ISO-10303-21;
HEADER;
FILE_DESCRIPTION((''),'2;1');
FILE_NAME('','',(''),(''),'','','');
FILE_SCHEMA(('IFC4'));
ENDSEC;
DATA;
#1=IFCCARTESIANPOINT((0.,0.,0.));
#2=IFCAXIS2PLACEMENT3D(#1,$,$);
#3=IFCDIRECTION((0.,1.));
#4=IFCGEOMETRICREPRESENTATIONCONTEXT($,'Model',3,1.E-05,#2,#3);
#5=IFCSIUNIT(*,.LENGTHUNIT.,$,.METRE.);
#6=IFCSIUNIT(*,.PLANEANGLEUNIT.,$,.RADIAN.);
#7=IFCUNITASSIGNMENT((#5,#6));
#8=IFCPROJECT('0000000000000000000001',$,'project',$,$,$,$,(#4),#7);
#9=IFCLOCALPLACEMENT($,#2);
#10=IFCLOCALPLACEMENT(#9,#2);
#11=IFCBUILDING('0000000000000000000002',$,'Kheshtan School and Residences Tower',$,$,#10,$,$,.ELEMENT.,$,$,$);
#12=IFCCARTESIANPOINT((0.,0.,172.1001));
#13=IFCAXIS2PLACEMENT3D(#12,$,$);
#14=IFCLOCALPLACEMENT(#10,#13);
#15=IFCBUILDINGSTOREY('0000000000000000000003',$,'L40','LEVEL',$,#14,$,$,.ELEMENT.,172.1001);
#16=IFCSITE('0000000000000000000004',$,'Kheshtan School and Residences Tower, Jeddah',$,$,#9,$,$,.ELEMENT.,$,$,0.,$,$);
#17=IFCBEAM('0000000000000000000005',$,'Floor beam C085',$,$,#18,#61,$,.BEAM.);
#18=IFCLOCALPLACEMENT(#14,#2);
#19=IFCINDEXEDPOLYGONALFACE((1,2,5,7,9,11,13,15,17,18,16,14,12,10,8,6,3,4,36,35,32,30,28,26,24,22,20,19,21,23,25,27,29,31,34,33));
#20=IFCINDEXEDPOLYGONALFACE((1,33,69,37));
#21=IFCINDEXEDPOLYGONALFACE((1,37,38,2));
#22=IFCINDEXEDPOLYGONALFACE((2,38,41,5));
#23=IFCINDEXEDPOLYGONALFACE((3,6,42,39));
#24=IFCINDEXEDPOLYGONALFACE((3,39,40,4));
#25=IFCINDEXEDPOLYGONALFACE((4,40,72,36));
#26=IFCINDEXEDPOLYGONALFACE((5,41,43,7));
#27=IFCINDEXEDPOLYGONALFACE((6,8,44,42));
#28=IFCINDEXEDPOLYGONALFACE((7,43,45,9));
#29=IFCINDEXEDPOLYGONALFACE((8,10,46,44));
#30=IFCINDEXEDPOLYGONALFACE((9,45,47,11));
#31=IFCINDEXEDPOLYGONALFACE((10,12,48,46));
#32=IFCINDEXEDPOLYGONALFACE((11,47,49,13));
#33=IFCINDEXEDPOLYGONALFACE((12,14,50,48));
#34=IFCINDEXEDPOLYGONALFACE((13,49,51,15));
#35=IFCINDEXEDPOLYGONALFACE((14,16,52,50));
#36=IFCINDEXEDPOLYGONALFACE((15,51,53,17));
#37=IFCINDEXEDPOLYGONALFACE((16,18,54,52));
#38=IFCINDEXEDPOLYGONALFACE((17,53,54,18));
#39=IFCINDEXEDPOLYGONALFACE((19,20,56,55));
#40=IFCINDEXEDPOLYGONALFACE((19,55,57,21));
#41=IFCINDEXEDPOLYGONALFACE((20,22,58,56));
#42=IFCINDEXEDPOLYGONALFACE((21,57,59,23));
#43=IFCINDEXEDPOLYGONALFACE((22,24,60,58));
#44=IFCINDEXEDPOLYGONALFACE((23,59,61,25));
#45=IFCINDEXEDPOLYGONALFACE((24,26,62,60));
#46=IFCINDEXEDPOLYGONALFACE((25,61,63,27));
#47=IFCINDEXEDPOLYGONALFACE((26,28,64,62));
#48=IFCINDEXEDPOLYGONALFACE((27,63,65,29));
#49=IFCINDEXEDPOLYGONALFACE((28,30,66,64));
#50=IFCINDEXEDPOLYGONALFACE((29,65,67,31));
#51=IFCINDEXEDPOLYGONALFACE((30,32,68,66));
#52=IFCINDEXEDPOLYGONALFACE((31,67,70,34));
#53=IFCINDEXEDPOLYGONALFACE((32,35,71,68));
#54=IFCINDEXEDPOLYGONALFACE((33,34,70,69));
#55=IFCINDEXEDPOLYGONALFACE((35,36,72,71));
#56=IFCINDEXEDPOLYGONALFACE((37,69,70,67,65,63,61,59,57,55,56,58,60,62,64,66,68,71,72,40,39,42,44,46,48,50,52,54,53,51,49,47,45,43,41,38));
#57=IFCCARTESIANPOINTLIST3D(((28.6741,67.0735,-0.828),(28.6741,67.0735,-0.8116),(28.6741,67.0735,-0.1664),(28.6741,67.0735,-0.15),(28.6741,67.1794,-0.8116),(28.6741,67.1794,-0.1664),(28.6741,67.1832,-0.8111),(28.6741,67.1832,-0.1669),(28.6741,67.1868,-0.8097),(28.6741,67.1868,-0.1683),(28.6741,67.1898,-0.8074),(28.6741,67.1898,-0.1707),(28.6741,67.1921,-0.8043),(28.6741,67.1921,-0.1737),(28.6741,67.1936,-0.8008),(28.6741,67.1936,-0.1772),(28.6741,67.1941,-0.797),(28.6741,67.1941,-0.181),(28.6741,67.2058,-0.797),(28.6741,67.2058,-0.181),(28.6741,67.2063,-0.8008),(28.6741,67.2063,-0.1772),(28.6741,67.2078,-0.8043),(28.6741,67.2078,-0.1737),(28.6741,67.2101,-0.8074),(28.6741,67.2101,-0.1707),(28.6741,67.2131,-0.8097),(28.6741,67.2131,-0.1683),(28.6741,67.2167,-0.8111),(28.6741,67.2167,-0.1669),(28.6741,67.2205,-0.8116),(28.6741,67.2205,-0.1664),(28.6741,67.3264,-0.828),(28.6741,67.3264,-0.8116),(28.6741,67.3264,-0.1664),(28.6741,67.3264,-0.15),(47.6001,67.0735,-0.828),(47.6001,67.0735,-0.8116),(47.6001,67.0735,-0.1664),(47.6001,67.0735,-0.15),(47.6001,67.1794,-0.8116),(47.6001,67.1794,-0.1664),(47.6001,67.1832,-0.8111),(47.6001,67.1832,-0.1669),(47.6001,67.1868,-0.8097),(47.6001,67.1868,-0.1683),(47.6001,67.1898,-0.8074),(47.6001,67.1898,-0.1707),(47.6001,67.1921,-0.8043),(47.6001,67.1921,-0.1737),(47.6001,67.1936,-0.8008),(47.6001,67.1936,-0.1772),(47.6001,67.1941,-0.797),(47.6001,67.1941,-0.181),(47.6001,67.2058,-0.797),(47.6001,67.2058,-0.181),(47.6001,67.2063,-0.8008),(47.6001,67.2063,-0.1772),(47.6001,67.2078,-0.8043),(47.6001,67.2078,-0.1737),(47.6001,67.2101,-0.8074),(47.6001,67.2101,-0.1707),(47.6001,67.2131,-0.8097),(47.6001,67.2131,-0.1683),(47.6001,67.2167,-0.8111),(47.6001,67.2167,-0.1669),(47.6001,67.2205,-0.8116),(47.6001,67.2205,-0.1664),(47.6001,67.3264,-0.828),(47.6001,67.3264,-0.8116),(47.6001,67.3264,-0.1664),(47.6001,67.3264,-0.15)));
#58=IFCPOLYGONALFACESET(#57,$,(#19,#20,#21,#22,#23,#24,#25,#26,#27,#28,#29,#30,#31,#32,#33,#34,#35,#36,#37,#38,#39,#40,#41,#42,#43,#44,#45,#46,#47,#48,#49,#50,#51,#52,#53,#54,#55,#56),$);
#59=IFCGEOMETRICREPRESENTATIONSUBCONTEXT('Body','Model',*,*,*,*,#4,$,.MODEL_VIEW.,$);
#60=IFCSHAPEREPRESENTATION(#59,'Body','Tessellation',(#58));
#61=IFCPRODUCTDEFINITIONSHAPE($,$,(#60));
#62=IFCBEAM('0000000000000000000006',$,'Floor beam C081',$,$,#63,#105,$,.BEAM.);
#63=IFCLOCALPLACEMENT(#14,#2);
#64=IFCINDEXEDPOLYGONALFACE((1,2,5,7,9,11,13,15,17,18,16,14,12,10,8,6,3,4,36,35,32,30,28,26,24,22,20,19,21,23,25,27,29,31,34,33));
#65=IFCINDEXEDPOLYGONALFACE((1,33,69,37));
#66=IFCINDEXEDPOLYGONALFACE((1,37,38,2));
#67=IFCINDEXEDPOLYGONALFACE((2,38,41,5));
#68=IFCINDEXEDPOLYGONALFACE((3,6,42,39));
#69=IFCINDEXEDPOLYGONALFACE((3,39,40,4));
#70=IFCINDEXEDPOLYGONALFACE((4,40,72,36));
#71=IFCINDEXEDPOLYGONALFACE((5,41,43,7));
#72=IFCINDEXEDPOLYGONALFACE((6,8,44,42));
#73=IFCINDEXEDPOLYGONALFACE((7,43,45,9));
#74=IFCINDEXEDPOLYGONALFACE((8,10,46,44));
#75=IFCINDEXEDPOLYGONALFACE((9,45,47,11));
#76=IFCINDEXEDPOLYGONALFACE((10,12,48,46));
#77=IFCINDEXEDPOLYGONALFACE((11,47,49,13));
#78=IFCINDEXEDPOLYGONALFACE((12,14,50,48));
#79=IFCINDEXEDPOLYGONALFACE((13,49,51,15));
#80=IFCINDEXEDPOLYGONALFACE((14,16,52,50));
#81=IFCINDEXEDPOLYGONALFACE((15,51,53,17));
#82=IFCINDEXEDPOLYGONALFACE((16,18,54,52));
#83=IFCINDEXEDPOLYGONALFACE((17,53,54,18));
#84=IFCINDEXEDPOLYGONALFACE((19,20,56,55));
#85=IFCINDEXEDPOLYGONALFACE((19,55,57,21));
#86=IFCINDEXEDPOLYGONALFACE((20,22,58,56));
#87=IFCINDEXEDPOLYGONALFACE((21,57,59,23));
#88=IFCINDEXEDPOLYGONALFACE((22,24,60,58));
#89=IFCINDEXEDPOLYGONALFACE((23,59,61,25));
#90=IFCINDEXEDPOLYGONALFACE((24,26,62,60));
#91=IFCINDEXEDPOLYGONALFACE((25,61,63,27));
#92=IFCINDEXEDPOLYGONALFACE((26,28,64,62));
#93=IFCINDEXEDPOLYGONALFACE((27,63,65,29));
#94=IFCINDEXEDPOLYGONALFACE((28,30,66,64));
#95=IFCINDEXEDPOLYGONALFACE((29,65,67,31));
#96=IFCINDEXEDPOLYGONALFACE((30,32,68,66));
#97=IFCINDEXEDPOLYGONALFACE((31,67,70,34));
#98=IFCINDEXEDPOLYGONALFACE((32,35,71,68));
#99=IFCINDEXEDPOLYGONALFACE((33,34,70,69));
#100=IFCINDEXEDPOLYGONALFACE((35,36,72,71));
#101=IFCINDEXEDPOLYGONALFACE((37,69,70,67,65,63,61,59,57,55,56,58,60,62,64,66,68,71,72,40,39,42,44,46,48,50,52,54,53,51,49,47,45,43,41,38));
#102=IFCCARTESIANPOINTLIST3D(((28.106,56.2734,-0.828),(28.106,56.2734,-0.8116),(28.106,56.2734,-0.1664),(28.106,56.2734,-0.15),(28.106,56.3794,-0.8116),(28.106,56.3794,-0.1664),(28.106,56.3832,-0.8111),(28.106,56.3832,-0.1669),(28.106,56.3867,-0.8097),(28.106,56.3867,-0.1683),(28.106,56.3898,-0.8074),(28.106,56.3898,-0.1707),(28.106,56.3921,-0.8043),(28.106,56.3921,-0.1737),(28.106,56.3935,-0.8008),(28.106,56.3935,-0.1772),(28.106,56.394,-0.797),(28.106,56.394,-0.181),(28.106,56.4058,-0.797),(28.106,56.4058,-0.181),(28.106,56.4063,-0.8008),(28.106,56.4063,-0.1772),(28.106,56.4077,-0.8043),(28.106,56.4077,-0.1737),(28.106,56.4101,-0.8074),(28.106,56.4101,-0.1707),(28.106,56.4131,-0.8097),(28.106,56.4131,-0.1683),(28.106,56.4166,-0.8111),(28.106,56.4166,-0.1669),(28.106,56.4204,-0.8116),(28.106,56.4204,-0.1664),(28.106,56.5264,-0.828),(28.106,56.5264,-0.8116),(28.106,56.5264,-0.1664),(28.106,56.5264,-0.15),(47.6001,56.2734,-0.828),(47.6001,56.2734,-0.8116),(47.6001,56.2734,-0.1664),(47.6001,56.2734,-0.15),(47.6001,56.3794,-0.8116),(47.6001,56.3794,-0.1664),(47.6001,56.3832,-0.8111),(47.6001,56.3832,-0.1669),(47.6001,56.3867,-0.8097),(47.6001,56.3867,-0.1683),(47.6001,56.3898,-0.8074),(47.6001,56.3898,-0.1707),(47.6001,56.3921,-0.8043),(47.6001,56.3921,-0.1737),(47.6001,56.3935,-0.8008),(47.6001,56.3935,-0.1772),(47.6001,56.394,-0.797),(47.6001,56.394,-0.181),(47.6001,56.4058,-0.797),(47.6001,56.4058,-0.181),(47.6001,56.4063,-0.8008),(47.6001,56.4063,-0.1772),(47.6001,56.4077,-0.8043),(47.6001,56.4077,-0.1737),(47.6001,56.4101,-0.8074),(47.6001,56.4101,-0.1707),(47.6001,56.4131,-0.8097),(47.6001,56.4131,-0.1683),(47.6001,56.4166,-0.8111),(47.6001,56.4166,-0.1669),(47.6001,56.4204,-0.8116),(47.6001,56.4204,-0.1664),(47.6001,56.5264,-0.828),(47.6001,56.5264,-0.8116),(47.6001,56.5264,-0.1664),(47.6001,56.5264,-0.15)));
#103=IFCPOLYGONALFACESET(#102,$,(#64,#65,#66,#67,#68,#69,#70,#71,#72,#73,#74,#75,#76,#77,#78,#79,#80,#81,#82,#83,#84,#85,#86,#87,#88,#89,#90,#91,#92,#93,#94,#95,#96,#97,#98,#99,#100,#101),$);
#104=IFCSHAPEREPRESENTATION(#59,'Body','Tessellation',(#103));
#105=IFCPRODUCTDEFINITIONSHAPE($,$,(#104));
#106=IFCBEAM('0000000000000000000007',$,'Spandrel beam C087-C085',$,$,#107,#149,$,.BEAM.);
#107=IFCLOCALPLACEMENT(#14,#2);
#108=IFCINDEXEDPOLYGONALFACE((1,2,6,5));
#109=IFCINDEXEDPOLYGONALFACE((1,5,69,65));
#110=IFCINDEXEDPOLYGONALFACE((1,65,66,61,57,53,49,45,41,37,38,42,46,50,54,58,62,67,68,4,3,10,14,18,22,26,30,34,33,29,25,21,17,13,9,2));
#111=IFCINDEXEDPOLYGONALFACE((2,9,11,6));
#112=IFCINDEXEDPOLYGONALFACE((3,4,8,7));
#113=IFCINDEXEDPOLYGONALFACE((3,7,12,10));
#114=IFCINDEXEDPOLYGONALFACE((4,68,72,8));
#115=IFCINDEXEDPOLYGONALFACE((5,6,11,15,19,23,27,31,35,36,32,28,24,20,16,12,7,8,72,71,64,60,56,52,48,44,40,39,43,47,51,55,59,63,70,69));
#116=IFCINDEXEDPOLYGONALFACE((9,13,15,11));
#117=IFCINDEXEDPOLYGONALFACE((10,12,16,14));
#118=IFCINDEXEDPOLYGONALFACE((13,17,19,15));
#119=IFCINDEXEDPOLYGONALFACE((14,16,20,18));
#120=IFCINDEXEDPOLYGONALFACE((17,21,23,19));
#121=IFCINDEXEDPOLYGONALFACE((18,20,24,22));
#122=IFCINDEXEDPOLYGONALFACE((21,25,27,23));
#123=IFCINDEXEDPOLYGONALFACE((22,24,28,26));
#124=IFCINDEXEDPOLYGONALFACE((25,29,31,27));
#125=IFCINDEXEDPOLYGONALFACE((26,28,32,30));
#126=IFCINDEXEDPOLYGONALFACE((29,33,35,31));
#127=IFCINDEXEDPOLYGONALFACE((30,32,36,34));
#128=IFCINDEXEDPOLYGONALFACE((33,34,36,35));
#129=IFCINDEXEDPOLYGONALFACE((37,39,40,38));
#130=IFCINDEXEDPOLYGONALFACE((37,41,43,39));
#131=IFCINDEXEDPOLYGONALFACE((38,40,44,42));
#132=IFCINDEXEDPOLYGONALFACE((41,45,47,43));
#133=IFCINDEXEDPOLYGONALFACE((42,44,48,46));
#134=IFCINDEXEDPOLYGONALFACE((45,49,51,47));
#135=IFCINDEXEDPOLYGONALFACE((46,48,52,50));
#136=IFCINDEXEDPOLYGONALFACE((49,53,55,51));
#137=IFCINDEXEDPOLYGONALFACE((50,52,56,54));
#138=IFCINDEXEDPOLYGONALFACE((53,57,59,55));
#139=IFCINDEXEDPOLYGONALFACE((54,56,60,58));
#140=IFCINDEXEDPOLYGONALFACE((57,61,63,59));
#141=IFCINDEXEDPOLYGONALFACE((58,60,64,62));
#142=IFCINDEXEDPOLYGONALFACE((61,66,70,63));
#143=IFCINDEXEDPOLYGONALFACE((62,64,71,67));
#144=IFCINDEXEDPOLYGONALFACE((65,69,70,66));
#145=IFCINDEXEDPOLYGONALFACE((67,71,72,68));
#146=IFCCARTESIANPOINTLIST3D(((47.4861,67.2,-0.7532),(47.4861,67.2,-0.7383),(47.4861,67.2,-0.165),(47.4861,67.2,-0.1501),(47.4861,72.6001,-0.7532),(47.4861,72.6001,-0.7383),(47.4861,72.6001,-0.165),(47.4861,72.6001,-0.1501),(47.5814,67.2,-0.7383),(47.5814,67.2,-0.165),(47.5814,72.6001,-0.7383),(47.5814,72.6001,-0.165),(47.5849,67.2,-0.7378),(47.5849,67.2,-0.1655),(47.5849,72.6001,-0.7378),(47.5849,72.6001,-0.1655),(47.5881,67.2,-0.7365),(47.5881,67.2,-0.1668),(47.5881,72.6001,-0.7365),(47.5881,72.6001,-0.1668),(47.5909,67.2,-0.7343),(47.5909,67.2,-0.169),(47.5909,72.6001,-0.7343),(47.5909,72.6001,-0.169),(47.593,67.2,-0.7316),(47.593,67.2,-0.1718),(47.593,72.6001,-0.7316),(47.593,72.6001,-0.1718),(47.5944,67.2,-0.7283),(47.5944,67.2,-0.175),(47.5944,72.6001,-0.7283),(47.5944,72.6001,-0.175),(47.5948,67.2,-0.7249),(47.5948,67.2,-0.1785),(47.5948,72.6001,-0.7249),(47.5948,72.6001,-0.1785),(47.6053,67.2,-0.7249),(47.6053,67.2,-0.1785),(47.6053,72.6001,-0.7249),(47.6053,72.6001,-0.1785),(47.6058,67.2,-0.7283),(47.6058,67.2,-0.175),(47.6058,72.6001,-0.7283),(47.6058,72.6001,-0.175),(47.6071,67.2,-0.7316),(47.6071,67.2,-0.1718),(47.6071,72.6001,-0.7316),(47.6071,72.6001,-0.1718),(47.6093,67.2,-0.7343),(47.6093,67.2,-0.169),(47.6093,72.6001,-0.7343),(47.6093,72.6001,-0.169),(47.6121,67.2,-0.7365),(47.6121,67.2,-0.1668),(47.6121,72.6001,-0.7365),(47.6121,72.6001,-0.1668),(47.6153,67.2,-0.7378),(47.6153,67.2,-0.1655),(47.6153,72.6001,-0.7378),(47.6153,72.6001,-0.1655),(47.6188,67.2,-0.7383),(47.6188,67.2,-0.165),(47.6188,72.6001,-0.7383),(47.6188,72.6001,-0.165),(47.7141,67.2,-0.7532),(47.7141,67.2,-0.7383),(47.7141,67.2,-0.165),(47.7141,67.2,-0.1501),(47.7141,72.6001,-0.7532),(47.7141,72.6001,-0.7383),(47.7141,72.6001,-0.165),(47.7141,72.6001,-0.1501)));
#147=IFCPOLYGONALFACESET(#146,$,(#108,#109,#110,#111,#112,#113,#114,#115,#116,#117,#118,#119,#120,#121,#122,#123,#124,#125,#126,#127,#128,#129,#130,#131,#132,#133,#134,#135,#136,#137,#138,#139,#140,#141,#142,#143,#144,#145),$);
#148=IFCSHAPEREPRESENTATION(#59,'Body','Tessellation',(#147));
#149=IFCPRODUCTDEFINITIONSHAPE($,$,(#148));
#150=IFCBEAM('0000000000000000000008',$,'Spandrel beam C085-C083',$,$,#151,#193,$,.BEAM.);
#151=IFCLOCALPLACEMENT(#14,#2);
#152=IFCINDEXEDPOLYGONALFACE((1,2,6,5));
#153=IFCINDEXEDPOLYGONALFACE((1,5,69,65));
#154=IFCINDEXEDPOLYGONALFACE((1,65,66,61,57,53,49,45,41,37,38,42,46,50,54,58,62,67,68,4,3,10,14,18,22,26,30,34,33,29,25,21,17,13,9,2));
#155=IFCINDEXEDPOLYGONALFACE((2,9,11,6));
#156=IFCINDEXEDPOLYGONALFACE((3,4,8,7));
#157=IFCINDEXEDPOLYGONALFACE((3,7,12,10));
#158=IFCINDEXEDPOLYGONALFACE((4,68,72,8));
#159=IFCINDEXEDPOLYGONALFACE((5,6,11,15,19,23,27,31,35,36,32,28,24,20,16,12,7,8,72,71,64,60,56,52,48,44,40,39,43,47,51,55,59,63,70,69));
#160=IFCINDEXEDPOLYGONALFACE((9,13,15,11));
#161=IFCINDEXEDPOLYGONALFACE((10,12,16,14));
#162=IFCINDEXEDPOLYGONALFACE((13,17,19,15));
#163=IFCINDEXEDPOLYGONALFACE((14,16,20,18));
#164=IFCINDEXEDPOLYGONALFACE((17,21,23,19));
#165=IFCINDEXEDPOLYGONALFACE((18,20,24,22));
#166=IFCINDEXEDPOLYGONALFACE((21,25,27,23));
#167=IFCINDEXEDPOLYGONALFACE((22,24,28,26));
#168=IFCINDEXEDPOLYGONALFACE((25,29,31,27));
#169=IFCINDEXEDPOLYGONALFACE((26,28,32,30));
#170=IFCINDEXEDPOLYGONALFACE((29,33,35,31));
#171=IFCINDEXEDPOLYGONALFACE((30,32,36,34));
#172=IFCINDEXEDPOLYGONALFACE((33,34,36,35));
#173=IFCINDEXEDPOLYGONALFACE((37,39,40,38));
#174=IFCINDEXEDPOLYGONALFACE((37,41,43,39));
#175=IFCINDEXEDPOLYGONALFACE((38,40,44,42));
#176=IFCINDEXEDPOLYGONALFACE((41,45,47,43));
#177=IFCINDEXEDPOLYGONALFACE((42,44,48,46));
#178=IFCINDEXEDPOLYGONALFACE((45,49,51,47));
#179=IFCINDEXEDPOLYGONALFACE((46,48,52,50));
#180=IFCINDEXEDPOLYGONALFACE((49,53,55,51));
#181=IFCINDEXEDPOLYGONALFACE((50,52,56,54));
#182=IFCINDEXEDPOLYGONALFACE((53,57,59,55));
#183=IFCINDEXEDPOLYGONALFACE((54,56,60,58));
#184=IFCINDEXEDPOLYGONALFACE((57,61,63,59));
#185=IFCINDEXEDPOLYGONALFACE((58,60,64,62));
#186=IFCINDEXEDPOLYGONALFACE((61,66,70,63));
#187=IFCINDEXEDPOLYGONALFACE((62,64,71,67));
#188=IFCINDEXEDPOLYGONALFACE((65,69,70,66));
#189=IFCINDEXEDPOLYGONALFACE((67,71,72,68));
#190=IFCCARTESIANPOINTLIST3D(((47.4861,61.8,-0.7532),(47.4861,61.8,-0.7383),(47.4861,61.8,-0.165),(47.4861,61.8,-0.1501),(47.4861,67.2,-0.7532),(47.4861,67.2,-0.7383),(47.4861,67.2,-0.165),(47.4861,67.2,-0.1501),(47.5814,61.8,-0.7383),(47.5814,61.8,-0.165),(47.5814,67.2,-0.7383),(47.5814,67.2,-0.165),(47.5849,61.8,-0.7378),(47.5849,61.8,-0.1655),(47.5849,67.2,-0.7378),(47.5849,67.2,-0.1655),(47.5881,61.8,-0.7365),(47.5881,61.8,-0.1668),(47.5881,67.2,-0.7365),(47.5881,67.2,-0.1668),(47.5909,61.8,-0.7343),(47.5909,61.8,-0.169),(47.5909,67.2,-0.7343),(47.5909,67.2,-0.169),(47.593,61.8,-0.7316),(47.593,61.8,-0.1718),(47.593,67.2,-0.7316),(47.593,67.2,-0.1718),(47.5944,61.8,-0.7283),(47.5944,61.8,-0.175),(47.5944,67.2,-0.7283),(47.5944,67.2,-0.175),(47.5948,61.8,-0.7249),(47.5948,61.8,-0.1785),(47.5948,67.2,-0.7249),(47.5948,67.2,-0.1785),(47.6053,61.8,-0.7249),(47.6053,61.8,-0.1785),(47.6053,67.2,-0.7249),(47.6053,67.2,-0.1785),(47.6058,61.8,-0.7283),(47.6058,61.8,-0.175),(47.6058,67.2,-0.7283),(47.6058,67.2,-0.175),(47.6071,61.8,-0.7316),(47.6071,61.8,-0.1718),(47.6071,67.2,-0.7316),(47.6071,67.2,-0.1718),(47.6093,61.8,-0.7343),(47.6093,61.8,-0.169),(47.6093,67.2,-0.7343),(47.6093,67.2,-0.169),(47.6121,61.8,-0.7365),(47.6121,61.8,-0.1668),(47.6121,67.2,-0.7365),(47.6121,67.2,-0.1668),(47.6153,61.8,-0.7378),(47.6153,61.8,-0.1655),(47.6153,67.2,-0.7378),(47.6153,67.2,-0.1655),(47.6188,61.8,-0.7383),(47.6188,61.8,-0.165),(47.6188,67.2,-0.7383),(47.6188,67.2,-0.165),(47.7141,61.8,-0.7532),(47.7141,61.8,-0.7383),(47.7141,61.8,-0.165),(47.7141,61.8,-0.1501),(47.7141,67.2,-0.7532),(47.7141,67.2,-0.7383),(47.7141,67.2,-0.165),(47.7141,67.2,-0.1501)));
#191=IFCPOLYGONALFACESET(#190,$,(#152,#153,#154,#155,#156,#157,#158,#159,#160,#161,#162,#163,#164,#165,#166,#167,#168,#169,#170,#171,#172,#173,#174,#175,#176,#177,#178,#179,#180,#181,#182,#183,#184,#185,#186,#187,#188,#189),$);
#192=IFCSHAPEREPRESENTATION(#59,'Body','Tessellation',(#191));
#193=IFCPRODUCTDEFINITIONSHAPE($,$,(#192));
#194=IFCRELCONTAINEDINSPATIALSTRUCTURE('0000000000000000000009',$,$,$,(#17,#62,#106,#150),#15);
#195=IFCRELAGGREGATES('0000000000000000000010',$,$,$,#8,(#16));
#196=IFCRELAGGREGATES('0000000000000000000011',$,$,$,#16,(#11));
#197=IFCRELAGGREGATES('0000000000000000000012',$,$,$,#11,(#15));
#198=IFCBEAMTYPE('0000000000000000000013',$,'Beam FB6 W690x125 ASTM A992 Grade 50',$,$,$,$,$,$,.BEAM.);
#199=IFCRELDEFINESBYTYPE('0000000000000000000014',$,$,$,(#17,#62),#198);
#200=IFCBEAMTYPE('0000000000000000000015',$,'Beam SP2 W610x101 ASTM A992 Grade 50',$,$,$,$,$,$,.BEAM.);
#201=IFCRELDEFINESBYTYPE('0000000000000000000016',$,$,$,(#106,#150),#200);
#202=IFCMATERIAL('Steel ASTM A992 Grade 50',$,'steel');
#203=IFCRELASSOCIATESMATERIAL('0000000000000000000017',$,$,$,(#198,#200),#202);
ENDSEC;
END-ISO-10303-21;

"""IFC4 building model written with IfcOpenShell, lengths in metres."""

from ifc_helpers import new_model, si_unit, direction, frame, origin, origin_2d, place, context, subcontext, project, spatial, i_section, extrude, material, material_profile, profile_set, type_object, element, save


model = new_model("IFC4")

# Units and contexts
model_context = context("Model", 3, precision=1e-05, world=origin(), true_north=direction((0.0, 1.0)))
body_context = subcontext(model_context, "Body", "Model", "MODEL_VIEW")
ifc_project = project(units=[si_unit("LENGTHUNIT", "METRE"), si_unit("PLANEANGLEUNIT", "RADIAN")], contexts=[model_context])

# Site, building, storey
site_placement = place(None, origin())
site = spatial("IfcSite", under=ifc_project, at=site_placement, Name="Kheshtan School and Residences Tower, Jeddah", CompositionType="ELEMENT", RefElevation=0.0)
building_placement = place(site_placement, origin())
building = spatial("IfcBuilding", under=site, at=building_placement, Name="Kheshtan School and Residences Tower", CompositionType="ELEMENT")
storey_placement = place(building_placement, frame((0.0, 0.0, 172.1001)))
storey = spatial("IfcBuildingStorey", under=building, at=storey_placement, Name="L40", Description="LEVEL", CompositionType="ELEMENT", Elevation=172.1001)

# Shared definitions
ifc_material_1 = material(Name="Steel ASTM A992 Grade 50", Category="steel")

# Beams
ifc_material_profile_1 = material_profile(ifc_material_1, i_section(OverallWidth=0.2529, OverallDepth=0.678, WebThickness=0.0117, FlangeThickness=0.0164, FilletRadius=0.0146, at=origin_2d()), Name="W690x125")
ifc_profile_set_1 = profile_set([ifc_material_profile_1], Name="Steel ASTM A992 Grade 50")
beam_type_1 = type_object("IfcBeamType", Name="Beam FB6 W690x125 ASTM A992 Grade 50", PredefinedType="BEAM", material=ifc_profile_set_1)
beam_1_placement = place(storey_placement, frame((47.6001, 67.2, -0.489), z_axis=(-1.0, 0.0, 0.0), x_axis=(0.0, -1.0, 0.0)))
element("IfcBeam", 1, at=beam_1_placement, inside=storey, type_object=beam_type_1, Name="Floor beam C085", PredefinedType="BEAM", context=body_context, shape_type="SweptSolid", body=[
    extrude(i_section(OverallWidth=0.2529, OverallDepth=0.678, WebThickness=0.0117, FlangeThickness=0.0164, FilletRadius=0.0146, at=origin_2d()), origin(), (0.0, 0.0, 1.0), 18.926),
])
beam_2_placement = place(storey_placement, frame((47.6001, 56.3999, -0.489), z_axis=(-1.0, 0.0, 0.0), x_axis=(0.0, -1.0, 0.0)))
element("IfcBeam", 2, at=beam_2_placement, inside=storey, type_object=beam_type_1, Name="Floor beam C081", PredefinedType="BEAM", context=body_context, shape_type="SweptSolid", body=[
    extrude(i_section(OverallWidth=0.2529, OverallDepth=0.678, WebThickness=0.0117, FlangeThickness=0.0164, FilletRadius=0.0146, at=origin_2d()), origin(), (0.0, 0.0, 1.0), 19.4941),
])
ifc_material_profile_2 = material_profile(ifc_material_1, i_section(OverallWidth=0.228, OverallDepth=0.603, WebThickness=0.0105, FlangeThickness=0.0149, FilletRadius=0.0134, at=origin_2d()), Name="W610x101")
ifc_profile_set_2 = profile_set([ifc_material_profile_2], Name="Steel ASTM A992 Grade 50")
beam_type_2 = type_object("IfcBeamType", Name="Beam SP2 W610x101 ASTM A992 Grade 50", PredefinedType="BEAM", material=ifc_profile_set_2)
beam_3_placement = place(storey_placement, frame((47.6001, 72.6001, -0.4517), z_axis=(0.0, -1.0, 0.0), x_axis=(1.0, 0.0, 0.0)))
element("IfcBeam", 3, at=beam_3_placement, inside=storey, type_object=beam_type_2, Name="Spandrel beam C087-C085", PredefinedType="BEAM", context=body_context, shape_type="SweptSolid", body=[
    extrude(i_section(OverallWidth=0.228, OverallDepth=0.603, WebThickness=0.0105, FlangeThickness=0.0149, FilletRadius=0.0134, at=origin_2d()), origin(), (0.0, 0.0, 1.0), 5.4001),
])
beam_4_placement = place(storey_placement, frame((47.6001, 67.2, -0.4517), z_axis=(0.0, -1.0, 0.0), x_axis=(1.0, 0.0, 0.0)))
element("IfcBeam", 4, at=beam_4_placement, inside=storey, type_object=beam_type_2, Name="Spandrel beam C085-C083", PredefinedType="BEAM", context=body_context, shape_type="SweptSolid", body=[
    extrude(i_section(OverallWidth=0.228, OverallDepth=0.603, WebThickness=0.0105, FlangeThickness=0.0149, FilletRadius=0.0134, at=origin_2d()), origin(), (0.0, 0.0, 1.0), 5.3999),
])

save(model, "model.ifc")
